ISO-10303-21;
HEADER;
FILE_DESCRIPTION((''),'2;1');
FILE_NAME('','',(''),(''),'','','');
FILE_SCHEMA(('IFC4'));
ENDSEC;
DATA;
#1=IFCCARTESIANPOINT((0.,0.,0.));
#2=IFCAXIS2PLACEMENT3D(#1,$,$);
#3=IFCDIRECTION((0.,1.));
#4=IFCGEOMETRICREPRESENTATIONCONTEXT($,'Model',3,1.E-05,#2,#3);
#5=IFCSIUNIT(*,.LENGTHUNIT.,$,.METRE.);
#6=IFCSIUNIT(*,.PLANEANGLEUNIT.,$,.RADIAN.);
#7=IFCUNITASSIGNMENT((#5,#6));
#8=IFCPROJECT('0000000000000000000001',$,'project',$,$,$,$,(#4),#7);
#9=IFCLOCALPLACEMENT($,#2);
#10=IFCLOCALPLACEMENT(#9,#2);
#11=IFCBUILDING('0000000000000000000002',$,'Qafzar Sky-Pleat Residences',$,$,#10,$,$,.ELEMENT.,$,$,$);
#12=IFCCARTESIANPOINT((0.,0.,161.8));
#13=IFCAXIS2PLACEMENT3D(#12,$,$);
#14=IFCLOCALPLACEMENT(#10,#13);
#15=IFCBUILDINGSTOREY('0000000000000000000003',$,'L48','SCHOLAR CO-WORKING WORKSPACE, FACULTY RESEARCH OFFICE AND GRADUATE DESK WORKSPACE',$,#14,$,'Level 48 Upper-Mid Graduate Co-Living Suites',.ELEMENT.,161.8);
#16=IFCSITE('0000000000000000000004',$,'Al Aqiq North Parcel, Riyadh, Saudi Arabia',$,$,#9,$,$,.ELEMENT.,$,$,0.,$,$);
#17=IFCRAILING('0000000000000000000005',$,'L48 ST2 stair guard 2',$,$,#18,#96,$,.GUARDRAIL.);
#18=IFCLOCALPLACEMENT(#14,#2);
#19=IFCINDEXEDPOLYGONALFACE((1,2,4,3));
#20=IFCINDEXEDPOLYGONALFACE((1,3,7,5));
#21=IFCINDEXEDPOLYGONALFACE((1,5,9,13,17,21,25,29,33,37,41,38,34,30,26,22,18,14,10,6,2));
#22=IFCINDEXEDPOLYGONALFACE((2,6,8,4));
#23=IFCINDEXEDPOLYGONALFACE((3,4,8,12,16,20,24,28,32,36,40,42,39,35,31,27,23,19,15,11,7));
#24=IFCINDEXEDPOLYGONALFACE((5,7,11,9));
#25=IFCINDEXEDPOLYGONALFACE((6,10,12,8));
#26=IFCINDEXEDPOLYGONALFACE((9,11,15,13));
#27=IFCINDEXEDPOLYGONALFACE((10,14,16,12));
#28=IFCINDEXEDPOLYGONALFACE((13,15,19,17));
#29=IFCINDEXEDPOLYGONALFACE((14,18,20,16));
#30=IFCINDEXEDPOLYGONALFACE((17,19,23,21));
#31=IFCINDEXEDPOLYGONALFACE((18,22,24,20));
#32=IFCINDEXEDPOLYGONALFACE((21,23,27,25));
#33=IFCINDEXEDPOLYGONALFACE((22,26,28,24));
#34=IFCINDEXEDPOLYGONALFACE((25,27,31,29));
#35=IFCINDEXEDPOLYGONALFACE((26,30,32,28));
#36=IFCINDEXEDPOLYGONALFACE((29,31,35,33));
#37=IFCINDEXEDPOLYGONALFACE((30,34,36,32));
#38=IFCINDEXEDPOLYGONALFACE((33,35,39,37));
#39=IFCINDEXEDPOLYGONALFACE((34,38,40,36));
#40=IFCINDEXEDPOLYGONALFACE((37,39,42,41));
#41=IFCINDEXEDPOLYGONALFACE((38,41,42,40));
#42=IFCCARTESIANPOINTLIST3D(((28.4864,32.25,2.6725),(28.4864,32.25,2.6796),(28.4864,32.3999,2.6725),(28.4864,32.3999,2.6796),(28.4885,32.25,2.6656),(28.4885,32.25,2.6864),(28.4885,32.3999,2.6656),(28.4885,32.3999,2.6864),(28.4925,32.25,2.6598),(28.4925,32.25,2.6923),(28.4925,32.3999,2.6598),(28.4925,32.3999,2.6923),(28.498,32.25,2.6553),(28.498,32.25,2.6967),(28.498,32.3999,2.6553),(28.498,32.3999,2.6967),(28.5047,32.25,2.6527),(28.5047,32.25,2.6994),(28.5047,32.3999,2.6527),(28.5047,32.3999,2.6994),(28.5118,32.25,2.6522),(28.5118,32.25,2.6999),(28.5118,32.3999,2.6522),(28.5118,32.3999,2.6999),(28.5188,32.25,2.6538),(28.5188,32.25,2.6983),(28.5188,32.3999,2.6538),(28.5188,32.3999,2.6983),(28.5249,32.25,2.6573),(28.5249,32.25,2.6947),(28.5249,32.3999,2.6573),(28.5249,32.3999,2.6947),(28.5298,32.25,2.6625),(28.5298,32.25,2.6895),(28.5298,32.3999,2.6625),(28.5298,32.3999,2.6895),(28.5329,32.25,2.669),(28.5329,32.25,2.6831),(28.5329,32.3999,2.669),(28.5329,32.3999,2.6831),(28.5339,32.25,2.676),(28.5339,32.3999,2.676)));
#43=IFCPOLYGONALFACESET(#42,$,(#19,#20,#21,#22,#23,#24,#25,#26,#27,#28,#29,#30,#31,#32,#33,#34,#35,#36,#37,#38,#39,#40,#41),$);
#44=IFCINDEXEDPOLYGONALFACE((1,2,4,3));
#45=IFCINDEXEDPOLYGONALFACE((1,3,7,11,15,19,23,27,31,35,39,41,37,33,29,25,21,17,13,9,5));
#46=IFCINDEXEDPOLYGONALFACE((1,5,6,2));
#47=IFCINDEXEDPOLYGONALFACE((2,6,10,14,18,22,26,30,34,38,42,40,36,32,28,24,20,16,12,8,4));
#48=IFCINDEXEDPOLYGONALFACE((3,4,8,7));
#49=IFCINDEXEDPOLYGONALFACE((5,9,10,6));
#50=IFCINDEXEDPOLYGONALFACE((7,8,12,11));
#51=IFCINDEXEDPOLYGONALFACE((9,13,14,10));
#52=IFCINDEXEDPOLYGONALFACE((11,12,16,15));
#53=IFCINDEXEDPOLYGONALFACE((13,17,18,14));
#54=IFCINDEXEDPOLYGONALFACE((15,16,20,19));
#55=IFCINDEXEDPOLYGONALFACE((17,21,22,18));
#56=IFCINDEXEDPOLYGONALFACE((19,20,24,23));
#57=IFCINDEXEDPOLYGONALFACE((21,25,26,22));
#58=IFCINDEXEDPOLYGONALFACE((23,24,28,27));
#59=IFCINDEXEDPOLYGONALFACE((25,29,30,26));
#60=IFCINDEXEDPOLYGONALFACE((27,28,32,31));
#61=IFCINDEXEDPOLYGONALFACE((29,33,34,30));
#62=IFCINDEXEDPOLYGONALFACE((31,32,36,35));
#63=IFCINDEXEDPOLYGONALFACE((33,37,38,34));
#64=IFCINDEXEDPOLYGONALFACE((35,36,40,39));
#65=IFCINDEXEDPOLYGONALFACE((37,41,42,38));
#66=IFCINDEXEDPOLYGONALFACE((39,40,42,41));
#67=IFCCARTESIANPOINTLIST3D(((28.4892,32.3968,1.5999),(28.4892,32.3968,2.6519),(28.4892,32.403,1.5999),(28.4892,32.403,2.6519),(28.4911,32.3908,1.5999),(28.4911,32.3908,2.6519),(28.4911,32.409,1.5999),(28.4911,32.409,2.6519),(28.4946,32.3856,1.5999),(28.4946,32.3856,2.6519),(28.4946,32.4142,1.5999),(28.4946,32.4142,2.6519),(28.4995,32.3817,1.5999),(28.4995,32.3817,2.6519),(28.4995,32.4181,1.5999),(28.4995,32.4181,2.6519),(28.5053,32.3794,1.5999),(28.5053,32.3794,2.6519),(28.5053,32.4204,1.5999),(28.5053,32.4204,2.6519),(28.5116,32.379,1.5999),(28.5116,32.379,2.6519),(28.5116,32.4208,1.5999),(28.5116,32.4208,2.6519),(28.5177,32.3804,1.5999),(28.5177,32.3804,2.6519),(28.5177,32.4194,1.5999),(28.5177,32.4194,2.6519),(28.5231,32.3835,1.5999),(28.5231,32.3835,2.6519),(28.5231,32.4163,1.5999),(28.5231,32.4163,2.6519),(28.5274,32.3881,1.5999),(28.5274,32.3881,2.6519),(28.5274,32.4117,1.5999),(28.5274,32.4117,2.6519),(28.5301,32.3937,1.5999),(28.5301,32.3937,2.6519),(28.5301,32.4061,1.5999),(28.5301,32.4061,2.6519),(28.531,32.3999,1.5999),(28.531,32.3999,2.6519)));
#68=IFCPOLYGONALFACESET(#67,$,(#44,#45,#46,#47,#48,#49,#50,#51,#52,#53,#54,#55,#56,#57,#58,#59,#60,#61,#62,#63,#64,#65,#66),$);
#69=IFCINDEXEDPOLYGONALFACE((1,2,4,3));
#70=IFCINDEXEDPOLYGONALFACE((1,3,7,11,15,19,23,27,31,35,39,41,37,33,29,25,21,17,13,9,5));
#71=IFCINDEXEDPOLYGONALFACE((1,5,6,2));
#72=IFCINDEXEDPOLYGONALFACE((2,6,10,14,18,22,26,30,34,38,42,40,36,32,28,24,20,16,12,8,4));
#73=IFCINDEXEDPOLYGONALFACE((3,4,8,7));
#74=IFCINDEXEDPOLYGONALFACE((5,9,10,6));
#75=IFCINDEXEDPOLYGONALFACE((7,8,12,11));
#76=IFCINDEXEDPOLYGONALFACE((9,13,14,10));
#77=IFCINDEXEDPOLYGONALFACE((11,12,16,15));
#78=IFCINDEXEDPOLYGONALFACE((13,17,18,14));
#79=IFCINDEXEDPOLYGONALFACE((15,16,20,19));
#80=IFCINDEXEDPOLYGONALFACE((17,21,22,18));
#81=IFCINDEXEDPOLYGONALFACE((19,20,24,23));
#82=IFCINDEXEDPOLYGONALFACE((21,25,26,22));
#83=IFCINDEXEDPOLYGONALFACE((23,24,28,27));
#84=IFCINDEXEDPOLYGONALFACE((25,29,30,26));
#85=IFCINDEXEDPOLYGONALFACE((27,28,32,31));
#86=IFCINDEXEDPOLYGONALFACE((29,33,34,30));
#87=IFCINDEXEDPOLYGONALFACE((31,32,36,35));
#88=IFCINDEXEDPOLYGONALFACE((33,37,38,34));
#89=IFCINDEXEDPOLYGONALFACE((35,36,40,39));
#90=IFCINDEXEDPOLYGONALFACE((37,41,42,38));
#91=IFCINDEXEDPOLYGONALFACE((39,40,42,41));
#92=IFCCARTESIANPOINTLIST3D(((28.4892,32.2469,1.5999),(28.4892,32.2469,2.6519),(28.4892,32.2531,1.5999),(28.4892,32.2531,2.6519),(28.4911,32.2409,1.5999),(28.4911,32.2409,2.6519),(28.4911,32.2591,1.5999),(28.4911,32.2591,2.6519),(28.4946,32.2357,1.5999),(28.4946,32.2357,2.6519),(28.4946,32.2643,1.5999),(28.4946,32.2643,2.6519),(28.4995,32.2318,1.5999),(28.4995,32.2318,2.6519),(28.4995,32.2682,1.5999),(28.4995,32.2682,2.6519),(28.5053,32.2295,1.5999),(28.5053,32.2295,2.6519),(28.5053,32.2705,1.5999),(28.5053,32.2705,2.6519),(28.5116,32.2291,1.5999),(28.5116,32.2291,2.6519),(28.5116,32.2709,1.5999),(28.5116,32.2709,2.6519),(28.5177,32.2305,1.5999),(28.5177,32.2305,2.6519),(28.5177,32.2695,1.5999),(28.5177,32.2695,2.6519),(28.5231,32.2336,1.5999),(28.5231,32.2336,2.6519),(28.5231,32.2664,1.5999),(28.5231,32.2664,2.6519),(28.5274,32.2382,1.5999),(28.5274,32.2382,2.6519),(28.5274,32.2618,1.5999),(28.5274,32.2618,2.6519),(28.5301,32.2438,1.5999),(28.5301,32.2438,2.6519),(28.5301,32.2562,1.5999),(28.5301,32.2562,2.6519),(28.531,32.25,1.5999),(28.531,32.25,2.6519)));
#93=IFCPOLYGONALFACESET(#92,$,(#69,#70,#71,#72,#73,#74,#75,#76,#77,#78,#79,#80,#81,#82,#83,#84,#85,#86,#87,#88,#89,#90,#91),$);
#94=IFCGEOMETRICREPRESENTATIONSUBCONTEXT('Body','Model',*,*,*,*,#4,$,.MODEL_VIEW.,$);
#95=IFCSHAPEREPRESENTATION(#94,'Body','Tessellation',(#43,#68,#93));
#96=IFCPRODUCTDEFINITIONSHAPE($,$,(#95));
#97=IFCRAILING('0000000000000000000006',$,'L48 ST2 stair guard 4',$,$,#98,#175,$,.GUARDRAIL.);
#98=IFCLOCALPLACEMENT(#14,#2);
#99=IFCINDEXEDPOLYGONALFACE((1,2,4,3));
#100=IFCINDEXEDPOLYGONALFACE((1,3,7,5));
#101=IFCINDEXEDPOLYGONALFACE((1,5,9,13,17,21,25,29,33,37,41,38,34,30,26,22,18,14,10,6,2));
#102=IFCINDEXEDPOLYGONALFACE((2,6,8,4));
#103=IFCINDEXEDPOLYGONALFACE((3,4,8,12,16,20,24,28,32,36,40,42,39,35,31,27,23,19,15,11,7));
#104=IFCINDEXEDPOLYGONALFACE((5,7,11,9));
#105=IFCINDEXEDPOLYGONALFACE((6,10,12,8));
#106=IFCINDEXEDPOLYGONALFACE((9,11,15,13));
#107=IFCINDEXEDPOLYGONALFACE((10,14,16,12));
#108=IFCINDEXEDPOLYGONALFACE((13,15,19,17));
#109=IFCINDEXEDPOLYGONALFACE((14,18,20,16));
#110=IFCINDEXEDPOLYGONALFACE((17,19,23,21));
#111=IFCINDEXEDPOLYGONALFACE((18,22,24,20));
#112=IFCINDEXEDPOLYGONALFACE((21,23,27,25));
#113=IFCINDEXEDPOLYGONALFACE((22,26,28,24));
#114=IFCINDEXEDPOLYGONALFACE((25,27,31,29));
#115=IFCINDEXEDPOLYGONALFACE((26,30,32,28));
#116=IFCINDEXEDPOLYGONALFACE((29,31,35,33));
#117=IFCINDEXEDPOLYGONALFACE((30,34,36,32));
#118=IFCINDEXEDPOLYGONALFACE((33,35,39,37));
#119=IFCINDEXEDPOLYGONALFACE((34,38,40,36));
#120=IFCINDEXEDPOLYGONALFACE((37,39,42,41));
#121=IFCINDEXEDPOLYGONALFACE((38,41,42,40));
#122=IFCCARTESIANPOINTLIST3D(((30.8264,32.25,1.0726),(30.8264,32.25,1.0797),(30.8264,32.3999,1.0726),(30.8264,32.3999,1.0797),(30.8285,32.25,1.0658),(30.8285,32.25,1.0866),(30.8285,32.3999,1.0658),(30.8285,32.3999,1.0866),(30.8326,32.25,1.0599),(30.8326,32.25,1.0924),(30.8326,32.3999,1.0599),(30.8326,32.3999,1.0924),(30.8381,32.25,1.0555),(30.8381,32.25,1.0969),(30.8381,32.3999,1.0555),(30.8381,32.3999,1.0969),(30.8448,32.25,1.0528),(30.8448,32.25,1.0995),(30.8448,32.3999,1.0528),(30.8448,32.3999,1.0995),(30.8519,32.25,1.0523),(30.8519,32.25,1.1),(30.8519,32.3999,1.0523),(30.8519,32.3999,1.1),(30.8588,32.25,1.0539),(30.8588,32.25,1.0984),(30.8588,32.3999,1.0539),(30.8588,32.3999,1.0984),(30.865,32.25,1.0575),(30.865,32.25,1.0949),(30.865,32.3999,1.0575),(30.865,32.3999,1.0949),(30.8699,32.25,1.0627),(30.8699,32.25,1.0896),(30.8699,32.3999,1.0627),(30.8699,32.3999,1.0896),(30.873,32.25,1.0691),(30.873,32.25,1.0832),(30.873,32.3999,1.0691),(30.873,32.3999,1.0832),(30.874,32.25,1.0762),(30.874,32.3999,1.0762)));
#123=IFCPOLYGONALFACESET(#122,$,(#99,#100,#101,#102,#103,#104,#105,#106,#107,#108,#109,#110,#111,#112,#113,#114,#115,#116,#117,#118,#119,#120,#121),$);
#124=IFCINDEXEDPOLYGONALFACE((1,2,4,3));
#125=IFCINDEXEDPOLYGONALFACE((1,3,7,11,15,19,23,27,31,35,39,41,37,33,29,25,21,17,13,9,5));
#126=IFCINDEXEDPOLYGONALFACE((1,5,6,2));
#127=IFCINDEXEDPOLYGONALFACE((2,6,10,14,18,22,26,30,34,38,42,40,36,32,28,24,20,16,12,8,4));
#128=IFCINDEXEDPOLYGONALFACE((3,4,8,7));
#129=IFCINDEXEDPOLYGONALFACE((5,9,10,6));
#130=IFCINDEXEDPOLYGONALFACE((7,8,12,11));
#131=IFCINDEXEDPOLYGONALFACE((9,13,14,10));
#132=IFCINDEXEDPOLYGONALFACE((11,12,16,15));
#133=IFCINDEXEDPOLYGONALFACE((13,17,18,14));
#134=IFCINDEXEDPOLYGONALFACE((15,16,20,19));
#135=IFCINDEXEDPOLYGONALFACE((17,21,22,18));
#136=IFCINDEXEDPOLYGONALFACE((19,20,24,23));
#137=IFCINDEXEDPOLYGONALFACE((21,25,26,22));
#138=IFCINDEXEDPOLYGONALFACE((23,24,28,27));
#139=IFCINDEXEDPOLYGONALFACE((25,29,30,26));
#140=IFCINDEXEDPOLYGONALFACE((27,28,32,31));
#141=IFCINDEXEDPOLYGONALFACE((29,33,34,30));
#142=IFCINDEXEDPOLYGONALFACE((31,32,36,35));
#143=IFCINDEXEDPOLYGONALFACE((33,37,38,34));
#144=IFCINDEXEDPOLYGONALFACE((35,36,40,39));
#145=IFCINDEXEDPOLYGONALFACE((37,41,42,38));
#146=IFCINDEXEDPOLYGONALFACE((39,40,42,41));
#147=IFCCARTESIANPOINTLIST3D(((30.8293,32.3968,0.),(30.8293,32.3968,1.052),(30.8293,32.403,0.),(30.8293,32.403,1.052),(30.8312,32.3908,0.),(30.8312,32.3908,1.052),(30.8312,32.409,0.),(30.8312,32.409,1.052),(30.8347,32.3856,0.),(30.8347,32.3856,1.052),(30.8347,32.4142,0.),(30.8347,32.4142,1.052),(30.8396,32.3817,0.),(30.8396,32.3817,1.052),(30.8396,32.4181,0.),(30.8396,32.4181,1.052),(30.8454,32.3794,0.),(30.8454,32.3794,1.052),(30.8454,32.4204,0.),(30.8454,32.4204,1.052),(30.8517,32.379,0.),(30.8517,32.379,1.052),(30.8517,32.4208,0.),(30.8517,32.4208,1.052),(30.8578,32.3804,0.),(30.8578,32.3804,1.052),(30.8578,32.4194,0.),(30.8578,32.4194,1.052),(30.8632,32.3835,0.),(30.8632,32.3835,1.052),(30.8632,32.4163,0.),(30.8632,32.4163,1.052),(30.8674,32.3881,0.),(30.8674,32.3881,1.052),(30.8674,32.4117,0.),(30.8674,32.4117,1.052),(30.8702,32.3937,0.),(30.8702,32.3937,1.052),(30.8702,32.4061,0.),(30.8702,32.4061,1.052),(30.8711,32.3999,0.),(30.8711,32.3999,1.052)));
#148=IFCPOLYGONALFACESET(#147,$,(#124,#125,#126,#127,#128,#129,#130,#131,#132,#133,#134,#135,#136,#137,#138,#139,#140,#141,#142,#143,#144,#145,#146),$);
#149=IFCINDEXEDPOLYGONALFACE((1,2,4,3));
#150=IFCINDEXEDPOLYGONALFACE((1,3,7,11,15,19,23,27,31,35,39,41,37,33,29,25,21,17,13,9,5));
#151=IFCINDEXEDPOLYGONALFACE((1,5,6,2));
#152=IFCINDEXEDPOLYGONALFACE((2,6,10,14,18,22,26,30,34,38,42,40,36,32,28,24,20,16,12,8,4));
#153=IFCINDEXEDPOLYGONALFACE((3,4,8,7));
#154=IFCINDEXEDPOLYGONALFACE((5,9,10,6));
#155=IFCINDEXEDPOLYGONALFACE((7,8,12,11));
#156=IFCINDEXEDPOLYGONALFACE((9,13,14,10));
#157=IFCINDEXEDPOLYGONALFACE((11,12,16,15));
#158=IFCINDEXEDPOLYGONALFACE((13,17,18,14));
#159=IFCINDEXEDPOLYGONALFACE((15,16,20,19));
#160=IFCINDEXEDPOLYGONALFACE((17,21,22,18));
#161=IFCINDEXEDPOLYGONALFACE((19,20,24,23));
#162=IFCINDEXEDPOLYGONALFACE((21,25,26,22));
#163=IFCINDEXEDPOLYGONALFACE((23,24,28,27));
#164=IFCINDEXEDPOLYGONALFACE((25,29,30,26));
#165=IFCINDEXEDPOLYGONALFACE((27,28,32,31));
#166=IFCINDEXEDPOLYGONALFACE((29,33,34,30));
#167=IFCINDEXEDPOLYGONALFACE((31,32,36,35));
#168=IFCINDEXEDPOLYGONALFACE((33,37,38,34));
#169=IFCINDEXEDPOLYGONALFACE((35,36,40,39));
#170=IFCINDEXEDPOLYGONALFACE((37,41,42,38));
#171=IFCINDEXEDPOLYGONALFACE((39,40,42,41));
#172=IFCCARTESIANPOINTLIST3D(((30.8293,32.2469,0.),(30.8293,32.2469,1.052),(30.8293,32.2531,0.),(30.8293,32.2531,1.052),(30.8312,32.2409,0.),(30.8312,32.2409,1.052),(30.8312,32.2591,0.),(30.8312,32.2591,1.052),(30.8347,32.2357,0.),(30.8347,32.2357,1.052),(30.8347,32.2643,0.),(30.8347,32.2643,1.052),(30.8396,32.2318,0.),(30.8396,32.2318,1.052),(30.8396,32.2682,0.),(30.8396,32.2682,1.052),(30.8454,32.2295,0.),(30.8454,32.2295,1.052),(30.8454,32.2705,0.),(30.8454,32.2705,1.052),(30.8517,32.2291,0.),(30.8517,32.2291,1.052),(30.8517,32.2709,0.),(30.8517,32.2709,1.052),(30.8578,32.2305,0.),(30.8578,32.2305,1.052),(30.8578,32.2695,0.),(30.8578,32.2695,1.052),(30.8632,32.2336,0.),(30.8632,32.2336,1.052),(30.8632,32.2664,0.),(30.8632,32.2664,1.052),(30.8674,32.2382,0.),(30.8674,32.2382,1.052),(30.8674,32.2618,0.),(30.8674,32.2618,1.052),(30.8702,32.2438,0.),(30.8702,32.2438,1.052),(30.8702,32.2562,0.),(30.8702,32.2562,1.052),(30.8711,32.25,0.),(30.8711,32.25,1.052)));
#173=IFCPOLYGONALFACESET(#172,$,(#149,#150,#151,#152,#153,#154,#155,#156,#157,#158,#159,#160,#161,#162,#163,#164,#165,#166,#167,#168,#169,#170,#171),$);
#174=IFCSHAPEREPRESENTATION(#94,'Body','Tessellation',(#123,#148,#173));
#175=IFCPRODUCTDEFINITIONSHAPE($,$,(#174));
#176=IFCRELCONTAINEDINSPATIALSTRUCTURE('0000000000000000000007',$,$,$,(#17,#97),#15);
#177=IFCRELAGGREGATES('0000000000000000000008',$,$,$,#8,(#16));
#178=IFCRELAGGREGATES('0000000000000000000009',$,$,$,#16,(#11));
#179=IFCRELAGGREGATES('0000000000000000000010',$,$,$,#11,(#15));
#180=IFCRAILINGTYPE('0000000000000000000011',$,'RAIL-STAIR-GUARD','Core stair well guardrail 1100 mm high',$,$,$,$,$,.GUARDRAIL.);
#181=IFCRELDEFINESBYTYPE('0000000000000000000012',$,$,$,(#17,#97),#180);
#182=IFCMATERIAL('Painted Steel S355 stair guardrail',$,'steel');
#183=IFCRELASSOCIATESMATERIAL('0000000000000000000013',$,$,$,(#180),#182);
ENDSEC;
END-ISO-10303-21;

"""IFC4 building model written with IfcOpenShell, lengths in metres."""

from ifc_helpers import new_model, si_unit, direction, frame, origin, origin_2d, place, context, subcontext, project, spatial, circle, extrude, source, transform, mapped, material, type_object, element, save


model = new_model("IFC4")

# Units and contexts
model_context = context("Model", 3, precision=1e-05, world=origin(), true_north=direction((0.0, 1.0)))
body_context = subcontext(model_context, "Body", "Model", "MODEL_VIEW")
ifc_project = project(units=[si_unit("LENGTHUNIT", "METRE"), si_unit("PLANEANGLEUNIT", "RADIAN")], contexts=[model_context])

# Site, building, storey
site_placement = place(None, origin())
site = spatial("IfcSite", under=ifc_project, at=site_placement, Name="Al Aqiq North Parcel, Riyadh, Saudi Arabia", CompositionType="ELEMENT", RefElevation=0.0)
building_placement = place(site_placement, origin())
building = spatial("IfcBuilding", under=site, at=building_placement, Name="Qafzar Sky-Pleat Residences", CompositionType="ELEMENT")
storey_placement = place(building_placement, frame((0.0, 0.0, 161.8)))
storey = spatial("IfcBuildingStorey", under=building, at=storey_placement, Name="L48", Description="SCHOLAR CO-WORKING WORKSPACE, FACULTY RESEARCH OFFICE AND GRADUATE DESK WORKSPACE", LongName="Level 48 Upper-Mid Graduate Co-Living Suites", CompositionType="ELEMENT", Elevation=161.8)

# Railings
ifc_material_1 = material(Name="Painted Steel S355 stair guardrail", Category="steel")
railing_type_1 = type_object("IfcRailingType", Name="RAIL-STAIR-GUARD", Description="Core stair well guardrail 1100 mm high", PredefinedType="GUARDRAIL", material=ifc_material_1)
shared_shape_1 = source(origin(), body_context, "Body", "SweptSolid", [
    extrude(circle(Radius=0.0239, at=origin_2d()), frame((0.0, 0.0, 1.0762), z_axis=(0.0, -1.0, 0.0), x_axis=(1.0, 0.0, 0.0)), (0.0, 0.0, 1.0), 0.1499),
    extrude(circle(Radius=0.021, at=origin_2d()), origin(), (0.0, 0.0, 1.0), 1.052),
    extrude(circle(Radius=0.021, at=origin_2d()), frame((0.0, -0.1499, 0.0)), (0.0, 0.0, 1.0), 1.052),
])
for number, where, name in (
    (1, (28.51, 32.3999, 1.5999), "L48 ST2 stair guard 2"),
    (2, (30.8501, 32.3999, 0.0), "L48 ST2 stair guard 4"),
):
    element("IfcRailing", number, at=place(storey_placement, frame(where)), inside=storey, type_object=railing_type_1, Name=name, PredefinedType="GUARDRAIL", context=body_context, shape_type="MappedRepresentation", body=[
        mapped(shared_shape_1, transform((0.0, 0.0, 0.0), x_axis=(1.0, 0.0, 0.0), y_axis=(0.0, 1.0, 0.0), z_axis=(0.0, 0.0, 1.0), scale=1.0)),
    ])

save(model, "model.ifc")
